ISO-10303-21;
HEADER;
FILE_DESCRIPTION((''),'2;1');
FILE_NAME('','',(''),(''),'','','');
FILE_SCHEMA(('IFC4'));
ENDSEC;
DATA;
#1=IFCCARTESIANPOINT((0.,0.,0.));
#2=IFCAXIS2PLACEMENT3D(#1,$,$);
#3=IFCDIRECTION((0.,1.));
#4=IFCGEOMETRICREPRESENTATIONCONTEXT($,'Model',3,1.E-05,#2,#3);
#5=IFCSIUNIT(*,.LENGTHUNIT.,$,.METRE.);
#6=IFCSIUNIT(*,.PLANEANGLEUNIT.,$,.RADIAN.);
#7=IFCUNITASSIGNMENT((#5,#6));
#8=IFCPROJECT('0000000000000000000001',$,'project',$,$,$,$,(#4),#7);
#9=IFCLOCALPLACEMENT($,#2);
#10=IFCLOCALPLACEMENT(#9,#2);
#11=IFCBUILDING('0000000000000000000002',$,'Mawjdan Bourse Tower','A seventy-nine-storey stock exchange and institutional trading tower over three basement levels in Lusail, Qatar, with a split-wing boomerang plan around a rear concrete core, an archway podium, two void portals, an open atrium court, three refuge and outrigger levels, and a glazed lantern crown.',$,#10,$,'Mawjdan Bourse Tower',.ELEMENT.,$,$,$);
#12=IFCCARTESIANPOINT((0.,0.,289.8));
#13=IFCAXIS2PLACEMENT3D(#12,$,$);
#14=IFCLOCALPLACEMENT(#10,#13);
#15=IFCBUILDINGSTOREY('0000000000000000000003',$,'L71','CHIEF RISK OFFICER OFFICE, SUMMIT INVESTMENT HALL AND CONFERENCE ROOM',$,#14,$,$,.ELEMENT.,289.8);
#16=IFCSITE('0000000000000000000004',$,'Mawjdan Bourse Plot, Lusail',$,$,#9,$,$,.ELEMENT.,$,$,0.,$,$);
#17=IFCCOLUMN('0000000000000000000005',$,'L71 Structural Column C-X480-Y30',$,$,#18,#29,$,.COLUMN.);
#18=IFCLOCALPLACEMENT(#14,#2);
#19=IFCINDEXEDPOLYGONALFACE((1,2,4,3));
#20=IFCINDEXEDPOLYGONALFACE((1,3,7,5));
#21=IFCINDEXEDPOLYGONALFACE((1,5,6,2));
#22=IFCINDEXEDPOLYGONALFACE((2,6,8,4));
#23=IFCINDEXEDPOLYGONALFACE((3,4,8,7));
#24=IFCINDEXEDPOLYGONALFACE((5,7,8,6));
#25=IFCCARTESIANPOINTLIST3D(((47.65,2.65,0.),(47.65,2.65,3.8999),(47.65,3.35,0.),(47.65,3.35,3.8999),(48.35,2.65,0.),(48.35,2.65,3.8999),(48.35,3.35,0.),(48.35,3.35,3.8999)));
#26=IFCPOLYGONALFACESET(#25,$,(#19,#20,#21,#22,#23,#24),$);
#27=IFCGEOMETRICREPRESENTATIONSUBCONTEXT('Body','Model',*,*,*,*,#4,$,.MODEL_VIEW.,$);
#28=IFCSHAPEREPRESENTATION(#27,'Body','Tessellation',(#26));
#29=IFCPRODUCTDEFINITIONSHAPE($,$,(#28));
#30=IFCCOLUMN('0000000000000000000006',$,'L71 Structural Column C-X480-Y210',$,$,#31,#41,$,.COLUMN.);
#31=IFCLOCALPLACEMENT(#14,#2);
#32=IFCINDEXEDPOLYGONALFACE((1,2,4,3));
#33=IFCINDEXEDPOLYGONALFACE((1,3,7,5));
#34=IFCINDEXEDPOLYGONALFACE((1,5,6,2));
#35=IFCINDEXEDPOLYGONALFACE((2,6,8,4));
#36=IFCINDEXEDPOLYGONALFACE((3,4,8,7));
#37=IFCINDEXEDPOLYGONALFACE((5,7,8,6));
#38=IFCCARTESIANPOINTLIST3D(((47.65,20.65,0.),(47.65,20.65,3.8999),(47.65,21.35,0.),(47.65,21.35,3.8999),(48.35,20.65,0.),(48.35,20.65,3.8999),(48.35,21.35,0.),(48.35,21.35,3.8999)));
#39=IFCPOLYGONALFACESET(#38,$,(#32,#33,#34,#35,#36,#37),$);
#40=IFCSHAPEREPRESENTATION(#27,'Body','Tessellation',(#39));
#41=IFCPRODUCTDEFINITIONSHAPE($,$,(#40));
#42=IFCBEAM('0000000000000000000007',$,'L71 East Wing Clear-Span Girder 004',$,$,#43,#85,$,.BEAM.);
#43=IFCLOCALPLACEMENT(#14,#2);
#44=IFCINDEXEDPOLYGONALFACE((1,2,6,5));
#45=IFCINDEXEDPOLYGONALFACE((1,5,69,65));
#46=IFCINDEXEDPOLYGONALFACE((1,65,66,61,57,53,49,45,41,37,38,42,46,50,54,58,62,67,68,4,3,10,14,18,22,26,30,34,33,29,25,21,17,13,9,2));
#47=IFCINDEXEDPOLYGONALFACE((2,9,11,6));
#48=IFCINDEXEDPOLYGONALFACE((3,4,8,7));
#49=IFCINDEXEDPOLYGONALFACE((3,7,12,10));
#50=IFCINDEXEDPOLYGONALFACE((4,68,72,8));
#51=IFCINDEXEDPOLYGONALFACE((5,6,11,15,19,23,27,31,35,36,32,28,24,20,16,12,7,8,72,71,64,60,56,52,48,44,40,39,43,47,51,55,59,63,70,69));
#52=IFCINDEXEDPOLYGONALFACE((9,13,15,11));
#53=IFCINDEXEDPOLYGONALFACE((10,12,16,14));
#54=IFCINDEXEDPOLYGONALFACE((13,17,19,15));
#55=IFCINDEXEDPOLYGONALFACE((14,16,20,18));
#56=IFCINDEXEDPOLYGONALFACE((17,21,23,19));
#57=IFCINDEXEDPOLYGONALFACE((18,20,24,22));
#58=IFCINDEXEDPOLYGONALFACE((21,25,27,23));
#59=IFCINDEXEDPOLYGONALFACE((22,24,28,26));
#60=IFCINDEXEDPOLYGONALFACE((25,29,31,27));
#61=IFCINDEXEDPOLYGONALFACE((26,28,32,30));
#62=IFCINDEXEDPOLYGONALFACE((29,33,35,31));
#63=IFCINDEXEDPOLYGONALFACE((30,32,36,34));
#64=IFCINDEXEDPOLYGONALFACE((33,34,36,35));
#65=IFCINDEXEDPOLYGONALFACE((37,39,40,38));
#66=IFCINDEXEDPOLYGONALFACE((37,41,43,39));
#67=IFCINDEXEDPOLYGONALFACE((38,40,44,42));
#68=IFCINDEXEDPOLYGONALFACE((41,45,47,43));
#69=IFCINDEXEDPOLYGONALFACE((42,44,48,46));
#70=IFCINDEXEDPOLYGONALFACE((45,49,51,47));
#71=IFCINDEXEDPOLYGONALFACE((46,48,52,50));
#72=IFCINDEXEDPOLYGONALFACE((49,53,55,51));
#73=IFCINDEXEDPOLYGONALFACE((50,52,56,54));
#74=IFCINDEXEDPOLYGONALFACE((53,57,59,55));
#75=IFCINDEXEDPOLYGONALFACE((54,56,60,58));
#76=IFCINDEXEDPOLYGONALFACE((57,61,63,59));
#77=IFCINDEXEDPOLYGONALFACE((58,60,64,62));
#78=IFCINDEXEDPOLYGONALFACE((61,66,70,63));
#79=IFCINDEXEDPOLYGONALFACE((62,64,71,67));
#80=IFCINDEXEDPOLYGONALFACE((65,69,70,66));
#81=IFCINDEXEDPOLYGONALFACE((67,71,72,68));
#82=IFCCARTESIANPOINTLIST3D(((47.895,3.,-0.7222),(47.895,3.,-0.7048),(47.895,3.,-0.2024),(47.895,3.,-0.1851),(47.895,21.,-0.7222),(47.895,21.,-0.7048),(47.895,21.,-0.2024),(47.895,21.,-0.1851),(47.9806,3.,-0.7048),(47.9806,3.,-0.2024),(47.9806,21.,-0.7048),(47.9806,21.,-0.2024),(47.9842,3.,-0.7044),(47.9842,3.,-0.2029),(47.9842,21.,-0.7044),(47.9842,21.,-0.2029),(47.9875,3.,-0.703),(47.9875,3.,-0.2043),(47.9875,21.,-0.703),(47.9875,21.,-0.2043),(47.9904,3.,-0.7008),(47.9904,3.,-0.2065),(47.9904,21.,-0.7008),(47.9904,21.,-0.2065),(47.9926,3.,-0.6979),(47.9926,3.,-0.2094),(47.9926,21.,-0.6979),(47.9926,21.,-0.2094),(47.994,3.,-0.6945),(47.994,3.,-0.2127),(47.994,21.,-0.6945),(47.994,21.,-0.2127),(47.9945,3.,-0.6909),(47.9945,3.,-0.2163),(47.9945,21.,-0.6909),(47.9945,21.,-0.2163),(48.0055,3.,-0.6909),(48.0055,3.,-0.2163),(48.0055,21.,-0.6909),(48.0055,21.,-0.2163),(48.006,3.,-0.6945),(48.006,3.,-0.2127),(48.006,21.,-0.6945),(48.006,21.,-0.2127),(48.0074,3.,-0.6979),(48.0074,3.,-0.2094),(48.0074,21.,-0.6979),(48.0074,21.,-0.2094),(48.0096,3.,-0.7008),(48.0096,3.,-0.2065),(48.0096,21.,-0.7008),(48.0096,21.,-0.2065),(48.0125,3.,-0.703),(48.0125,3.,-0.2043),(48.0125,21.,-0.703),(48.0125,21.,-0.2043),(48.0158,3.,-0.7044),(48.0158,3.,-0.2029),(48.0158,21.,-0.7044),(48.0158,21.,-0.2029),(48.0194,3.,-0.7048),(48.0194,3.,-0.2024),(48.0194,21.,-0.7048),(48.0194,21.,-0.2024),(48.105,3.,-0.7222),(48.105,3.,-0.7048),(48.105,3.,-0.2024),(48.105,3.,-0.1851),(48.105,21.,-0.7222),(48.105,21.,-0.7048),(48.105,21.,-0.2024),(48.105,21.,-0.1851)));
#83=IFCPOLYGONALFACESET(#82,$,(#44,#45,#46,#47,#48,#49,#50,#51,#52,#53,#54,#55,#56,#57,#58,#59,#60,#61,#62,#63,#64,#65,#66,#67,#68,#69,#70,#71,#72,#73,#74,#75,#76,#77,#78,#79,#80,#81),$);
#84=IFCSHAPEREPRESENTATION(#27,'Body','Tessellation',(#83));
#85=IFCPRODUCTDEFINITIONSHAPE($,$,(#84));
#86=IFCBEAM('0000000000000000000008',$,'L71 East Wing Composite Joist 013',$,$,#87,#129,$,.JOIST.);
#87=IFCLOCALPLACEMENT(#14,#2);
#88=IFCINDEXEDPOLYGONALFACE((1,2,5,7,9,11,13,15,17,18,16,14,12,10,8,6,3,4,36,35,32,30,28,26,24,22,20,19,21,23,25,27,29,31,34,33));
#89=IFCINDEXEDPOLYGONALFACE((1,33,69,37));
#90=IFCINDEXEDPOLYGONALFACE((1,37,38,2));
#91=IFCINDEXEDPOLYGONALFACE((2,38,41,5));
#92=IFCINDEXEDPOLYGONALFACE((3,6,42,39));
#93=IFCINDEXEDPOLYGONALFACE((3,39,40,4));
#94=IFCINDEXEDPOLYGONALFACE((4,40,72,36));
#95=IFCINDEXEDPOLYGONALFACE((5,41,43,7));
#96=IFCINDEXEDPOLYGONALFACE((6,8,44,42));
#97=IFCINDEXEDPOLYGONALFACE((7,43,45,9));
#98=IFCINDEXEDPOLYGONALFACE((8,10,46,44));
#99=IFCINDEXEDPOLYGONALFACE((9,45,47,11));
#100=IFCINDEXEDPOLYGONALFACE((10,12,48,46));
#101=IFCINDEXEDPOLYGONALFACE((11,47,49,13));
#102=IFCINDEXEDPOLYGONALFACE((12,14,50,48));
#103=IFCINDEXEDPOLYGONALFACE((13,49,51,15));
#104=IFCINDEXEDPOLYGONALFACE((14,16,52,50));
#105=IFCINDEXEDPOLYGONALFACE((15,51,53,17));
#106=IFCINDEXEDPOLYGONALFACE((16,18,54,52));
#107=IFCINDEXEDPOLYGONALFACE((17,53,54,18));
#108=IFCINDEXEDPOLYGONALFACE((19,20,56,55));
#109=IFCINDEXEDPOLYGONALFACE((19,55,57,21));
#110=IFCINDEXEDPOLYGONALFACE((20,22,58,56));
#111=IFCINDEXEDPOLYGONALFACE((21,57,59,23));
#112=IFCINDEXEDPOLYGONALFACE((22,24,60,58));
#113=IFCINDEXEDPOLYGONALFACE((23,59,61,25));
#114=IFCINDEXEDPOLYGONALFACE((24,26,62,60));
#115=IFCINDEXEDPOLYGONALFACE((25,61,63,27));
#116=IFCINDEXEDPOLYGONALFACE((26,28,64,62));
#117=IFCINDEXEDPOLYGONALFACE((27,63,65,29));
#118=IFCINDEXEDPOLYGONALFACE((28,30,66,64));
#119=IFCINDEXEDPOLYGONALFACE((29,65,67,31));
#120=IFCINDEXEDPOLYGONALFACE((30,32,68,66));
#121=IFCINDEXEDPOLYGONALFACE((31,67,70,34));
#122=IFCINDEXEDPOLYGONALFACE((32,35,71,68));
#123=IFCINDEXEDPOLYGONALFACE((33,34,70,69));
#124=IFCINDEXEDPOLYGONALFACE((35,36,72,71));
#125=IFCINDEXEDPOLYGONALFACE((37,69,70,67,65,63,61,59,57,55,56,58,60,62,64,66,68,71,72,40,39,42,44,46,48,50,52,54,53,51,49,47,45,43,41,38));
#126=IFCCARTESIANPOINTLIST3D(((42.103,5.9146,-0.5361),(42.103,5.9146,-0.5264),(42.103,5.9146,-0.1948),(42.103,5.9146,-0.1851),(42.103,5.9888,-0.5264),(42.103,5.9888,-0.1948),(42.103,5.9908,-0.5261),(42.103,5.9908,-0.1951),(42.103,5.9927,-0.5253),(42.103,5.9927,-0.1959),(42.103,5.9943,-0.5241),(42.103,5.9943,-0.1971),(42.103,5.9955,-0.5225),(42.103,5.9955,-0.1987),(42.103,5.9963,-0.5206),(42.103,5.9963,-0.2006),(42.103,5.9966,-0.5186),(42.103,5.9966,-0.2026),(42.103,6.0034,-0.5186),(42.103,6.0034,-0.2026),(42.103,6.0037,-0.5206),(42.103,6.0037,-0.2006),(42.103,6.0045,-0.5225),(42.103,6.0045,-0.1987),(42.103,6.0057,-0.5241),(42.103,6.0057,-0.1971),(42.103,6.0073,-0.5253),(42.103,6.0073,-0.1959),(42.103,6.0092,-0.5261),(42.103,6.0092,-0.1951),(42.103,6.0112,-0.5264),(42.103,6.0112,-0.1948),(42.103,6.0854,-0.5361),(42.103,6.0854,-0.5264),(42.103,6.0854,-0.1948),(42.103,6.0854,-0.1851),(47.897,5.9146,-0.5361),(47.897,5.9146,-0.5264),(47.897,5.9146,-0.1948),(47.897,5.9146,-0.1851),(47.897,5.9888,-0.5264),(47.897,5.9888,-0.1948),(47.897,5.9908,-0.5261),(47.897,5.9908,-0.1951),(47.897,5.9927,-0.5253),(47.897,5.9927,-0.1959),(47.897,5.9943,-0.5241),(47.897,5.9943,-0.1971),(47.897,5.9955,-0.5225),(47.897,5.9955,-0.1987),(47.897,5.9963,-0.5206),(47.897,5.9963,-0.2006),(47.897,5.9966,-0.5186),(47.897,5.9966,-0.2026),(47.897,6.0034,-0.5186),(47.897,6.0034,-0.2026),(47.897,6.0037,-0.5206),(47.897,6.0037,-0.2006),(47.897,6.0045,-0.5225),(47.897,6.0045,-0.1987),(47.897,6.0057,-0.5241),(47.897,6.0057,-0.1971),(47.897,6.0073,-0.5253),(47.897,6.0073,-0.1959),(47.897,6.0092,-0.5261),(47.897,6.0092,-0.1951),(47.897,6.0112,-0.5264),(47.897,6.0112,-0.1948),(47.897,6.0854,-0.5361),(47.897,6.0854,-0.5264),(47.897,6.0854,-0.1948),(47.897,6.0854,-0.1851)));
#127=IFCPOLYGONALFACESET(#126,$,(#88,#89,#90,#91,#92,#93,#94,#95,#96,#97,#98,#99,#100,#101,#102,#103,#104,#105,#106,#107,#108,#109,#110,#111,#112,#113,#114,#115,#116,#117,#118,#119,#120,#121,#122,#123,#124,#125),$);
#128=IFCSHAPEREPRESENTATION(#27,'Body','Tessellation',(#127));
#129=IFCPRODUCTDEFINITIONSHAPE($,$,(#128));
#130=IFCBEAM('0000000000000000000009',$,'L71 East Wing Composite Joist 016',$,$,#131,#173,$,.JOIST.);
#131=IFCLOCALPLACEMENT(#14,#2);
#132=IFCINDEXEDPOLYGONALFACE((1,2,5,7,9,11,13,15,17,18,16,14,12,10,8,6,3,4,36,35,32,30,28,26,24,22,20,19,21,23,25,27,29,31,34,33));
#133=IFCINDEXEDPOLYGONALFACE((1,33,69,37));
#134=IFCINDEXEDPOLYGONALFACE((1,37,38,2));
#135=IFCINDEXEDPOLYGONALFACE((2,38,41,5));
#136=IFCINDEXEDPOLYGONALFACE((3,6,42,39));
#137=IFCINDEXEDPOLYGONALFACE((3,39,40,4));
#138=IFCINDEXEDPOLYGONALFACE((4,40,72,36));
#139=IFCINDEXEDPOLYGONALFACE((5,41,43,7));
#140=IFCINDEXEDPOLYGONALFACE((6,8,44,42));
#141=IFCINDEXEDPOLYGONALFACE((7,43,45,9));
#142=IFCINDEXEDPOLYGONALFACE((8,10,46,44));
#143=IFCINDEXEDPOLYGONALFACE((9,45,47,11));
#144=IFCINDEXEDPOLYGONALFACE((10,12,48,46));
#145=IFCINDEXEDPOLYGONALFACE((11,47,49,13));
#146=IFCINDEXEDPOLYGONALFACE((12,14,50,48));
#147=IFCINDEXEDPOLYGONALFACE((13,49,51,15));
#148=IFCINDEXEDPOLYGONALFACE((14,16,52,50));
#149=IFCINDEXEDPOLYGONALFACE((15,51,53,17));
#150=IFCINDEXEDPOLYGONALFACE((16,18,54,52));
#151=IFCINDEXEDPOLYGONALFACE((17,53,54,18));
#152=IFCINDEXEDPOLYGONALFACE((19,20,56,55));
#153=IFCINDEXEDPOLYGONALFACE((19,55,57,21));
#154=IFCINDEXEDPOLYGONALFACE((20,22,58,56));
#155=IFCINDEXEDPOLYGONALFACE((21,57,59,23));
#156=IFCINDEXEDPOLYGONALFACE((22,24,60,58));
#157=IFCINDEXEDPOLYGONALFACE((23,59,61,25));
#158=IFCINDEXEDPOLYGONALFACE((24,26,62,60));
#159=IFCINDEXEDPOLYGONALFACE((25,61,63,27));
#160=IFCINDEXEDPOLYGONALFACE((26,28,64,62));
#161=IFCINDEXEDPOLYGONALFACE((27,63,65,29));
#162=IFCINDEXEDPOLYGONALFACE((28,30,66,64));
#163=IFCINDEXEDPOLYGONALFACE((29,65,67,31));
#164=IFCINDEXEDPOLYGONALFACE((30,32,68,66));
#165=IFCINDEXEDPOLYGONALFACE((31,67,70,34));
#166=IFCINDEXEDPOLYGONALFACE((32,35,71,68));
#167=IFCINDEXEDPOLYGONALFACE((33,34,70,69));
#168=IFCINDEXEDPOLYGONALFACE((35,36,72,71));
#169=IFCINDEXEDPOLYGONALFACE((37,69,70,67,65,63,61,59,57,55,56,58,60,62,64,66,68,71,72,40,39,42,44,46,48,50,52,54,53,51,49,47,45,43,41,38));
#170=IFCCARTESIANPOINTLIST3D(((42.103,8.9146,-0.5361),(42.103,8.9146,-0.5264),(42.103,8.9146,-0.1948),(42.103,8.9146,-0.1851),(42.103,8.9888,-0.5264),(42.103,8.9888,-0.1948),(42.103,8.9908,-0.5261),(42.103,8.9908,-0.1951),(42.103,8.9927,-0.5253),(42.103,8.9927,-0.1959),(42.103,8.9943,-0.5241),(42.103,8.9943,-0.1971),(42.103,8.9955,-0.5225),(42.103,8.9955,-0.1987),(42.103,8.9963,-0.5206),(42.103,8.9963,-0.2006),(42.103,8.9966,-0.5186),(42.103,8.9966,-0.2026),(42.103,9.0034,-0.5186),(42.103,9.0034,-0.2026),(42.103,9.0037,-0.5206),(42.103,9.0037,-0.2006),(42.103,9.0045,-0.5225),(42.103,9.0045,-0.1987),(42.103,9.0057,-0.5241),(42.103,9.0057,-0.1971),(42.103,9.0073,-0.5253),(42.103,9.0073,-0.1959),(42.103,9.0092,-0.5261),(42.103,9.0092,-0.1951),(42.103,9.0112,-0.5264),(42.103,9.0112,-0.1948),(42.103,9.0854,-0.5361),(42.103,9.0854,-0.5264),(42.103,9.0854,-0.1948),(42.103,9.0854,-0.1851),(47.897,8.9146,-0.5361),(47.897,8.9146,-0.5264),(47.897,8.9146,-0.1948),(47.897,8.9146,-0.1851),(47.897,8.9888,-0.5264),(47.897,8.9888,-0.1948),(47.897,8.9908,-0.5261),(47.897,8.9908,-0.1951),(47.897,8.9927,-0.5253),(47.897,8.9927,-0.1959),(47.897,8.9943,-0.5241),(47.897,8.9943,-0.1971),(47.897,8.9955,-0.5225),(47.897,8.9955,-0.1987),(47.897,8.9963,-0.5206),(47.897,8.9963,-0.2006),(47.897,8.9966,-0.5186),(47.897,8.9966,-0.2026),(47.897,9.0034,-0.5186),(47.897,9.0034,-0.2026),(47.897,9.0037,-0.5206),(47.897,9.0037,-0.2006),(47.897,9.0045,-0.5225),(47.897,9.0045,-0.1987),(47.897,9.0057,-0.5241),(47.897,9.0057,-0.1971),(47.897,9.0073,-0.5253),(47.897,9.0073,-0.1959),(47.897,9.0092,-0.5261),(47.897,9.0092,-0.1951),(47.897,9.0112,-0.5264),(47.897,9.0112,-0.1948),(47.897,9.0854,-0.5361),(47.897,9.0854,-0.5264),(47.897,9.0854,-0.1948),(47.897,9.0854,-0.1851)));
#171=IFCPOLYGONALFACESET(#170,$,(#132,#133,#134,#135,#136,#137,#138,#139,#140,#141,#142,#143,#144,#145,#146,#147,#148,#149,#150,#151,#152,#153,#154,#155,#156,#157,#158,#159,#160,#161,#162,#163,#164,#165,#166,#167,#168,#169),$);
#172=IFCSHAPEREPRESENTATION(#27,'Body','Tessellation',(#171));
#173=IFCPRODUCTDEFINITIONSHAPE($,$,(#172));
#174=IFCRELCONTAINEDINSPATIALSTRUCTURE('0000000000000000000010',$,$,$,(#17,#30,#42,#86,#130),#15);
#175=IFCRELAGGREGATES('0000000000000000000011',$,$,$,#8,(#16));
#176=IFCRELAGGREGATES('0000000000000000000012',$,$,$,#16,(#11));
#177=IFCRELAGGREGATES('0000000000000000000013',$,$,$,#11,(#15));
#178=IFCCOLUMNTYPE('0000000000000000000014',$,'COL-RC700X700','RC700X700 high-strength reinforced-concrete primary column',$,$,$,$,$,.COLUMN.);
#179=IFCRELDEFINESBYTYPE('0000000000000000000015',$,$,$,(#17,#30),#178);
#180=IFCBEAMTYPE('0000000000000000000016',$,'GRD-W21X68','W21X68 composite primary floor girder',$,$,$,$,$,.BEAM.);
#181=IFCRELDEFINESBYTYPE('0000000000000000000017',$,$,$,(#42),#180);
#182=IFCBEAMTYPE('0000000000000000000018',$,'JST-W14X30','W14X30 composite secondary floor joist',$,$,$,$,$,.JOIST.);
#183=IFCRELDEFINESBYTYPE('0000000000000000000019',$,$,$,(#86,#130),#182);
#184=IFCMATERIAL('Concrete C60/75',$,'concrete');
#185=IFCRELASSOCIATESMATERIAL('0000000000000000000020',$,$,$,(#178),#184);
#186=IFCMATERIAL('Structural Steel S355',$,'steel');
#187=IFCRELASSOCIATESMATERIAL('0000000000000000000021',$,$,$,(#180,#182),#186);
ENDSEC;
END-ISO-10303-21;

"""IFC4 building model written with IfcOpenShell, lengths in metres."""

from ifc_helpers import new_model, si_unit, direction, frame, origin, origin_2d, place, context, subcontext, project, spatial, rectangle, i_section, extrude, material, material_profile, profile_set, type_object, element, save


model = new_model("IFC4")

# Units and contexts
model_context = context("Model", 3, precision=1e-05, world=origin(), true_north=direction((0.0, 1.0)))
body_context = subcontext(model_context, "Body", "Model", "MODEL_VIEW")
ifc_project = project(units=[si_unit("LENGTHUNIT", "METRE"), si_unit("PLANEANGLEUNIT", "RADIAN")], contexts=[model_context])

# Site, building, storey
site_placement = place(None, origin())
site = spatial("IfcSite", under=ifc_project, at=site_placement, Name="Mawjdan Bourse Plot, Lusail", CompositionType="ELEMENT", RefElevation=0.0)
building_placement = place(site_placement, origin())
building = spatial("IfcBuilding", under=site, at=building_placement, Name="Mawjdan Bourse Tower", Description="A seventy-nine-storey stock exchange and institutional trading tower over three basement levels in Lusail, Qatar, with a split-wing boomerang plan around a rear concrete core, an archway podium, two void portals, an open atrium court, three refuge and outrigger levels, and a glazed lantern crown.", LongName="Mawjdan Bourse Tower", CompositionType="ELEMENT")
storey_placement = place(building_placement, frame((0.0, 0.0, 289.8)))
storey = spatial("IfcBuildingStorey", under=building, at=storey_placement, Name="L71", Description="CHIEF RISK OFFICER OFFICE, SUMMIT INVESTMENT HALL AND CONFERENCE ROOM", CompositionType="ELEMENT", Elevation=289.8)

# Columns
ifc_material_1 = material(Name="Concrete C60/75", Category="concrete")
ifc_material_profile_1 = material_profile(ifc_material_1, rectangle(XDim=0.7, YDim=0.7, at=origin_2d()), Name="RC700X700")
ifc_profile_set_1 = profile_set([ifc_material_profile_1], Name="Concrete C60/75")
column_type = type_object("IfcColumnType", Name="COL-RC700X700", Description="RC700X700 high-strength reinforced-concrete primary column", PredefinedType="COLUMN", material=ifc_profile_set_1)
for number, where, z_axis, x_axis, name in (
    (1, (48.0, 3.0, 0.0), (0.0, 0.0, 1.0), (1.0, 0.0, 0.0), "L71 Structural Column C-X480-Y30"),
    (2, (48.0, 21.0, 0.0), (0.0, 0.0, 1.0), (1.0, 0.0, 0.0), "L71 Structural Column C-X480-Y210"),
):
    element("IfcColumn", number, at=place(storey_placement, frame(where, z_axis=z_axis, x_axis=x_axis)), inside=storey, type_object=column_type, Name=name, PredefinedType="COLUMN", context=body_context, shape_type="SweptSolid", body=[
        extrude(rectangle(XDim=0.7, YDim=0.7, at=origin_2d()), origin(), (0.0, 0.0, 1.0), 3.8999),
    ])

# Beams
ifc_material_2 = material(Name="Structural Steel S355", Category="steel")
ifc_material_profile_2 = material_profile(ifc_material_2, i_section(OverallWidth=0.21, OverallDepth=0.5371, WebThickness=0.011, FlangeThickness=0.0173, FilletRadius=0.0139, at=origin_2d()), Name="W21X68")
ifc_profile_set_2 = profile_set([ifc_material_profile_2], Name="Structural Steel S355")
beam_type_1 = type_object("IfcBeamType", Name="GRD-W21X68", Description="W21X68 composite primary floor girder", PredefinedType="BEAM", material=ifc_profile_set_2)
beam_placement = place(storey_placement, frame((48.0, 3.0, -0.4536), z_axis=(0.0, 1.0, 0.0), x_axis=(-1.0, 0.0, 0.0)))
element("IfcBeam", 3, at=beam_placement, inside=storey, type_object=beam_type_1, Name="L71 East Wing Clear-Span Girder 004", PredefinedType="BEAM", context=body_context, shape_type="SweptSolid", body=[
    extrude(i_section(OverallWidth=0.21, OverallDepth=0.5371, WebThickness=0.011, FlangeThickness=0.0173, FilletRadius=0.0139, at=origin_2d()), origin(), (0.0, 0.0, 1.0), 18.0),
])
ifc_material_profile_3 = material_profile(ifc_material_2, i_section(OverallWidth=0.1709, OverallDepth=0.3511, WebThickness=0.0068, FlangeThickness=0.0098, FilletRadius=0.0078, at=origin_2d()), Name="W14X30")
ifc_profile_set_3 = profile_set([ifc_material_profile_3], Name="Structural Steel S355")
beam_type_2 = type_object("IfcBeamType", Name="JST-W14X30", Description="W14X30 composite secondary floor joist", PredefinedType="JOIST", material=ifc_profile_set_3)
for number, where, z_axis, x_axis, name in (
    (4, (42.103, 6.0, -0.3606), (1.0, 0.0, 0.0), (0.0, 1.0, 0.0), "L71 East Wing Composite Joist 013"),
    (5, (42.103, 9.0, -0.3606), (1.0, 0.0, 0.0), (0.0, 1.0, 0.0), "L71 East Wing Composite Joist 016"),
):
    element("IfcBeam", number, at=place(storey_placement, frame(where, z_axis=z_axis, x_axis=x_axis)), inside=storey, type_object=beam_type_2, Name=name, PredefinedType="JOIST", context=body_context, shape_type="SweptSolid", body=[
        extrude(i_section(OverallWidth=0.1709, OverallDepth=0.3511, WebThickness=0.0068, FlangeThickness=0.0098, FilletRadius=0.0078, at=origin_2d()), origin(), (0.0, 0.0, 1.0), 5.7939),
    ])

save(model, "model.ifc")
